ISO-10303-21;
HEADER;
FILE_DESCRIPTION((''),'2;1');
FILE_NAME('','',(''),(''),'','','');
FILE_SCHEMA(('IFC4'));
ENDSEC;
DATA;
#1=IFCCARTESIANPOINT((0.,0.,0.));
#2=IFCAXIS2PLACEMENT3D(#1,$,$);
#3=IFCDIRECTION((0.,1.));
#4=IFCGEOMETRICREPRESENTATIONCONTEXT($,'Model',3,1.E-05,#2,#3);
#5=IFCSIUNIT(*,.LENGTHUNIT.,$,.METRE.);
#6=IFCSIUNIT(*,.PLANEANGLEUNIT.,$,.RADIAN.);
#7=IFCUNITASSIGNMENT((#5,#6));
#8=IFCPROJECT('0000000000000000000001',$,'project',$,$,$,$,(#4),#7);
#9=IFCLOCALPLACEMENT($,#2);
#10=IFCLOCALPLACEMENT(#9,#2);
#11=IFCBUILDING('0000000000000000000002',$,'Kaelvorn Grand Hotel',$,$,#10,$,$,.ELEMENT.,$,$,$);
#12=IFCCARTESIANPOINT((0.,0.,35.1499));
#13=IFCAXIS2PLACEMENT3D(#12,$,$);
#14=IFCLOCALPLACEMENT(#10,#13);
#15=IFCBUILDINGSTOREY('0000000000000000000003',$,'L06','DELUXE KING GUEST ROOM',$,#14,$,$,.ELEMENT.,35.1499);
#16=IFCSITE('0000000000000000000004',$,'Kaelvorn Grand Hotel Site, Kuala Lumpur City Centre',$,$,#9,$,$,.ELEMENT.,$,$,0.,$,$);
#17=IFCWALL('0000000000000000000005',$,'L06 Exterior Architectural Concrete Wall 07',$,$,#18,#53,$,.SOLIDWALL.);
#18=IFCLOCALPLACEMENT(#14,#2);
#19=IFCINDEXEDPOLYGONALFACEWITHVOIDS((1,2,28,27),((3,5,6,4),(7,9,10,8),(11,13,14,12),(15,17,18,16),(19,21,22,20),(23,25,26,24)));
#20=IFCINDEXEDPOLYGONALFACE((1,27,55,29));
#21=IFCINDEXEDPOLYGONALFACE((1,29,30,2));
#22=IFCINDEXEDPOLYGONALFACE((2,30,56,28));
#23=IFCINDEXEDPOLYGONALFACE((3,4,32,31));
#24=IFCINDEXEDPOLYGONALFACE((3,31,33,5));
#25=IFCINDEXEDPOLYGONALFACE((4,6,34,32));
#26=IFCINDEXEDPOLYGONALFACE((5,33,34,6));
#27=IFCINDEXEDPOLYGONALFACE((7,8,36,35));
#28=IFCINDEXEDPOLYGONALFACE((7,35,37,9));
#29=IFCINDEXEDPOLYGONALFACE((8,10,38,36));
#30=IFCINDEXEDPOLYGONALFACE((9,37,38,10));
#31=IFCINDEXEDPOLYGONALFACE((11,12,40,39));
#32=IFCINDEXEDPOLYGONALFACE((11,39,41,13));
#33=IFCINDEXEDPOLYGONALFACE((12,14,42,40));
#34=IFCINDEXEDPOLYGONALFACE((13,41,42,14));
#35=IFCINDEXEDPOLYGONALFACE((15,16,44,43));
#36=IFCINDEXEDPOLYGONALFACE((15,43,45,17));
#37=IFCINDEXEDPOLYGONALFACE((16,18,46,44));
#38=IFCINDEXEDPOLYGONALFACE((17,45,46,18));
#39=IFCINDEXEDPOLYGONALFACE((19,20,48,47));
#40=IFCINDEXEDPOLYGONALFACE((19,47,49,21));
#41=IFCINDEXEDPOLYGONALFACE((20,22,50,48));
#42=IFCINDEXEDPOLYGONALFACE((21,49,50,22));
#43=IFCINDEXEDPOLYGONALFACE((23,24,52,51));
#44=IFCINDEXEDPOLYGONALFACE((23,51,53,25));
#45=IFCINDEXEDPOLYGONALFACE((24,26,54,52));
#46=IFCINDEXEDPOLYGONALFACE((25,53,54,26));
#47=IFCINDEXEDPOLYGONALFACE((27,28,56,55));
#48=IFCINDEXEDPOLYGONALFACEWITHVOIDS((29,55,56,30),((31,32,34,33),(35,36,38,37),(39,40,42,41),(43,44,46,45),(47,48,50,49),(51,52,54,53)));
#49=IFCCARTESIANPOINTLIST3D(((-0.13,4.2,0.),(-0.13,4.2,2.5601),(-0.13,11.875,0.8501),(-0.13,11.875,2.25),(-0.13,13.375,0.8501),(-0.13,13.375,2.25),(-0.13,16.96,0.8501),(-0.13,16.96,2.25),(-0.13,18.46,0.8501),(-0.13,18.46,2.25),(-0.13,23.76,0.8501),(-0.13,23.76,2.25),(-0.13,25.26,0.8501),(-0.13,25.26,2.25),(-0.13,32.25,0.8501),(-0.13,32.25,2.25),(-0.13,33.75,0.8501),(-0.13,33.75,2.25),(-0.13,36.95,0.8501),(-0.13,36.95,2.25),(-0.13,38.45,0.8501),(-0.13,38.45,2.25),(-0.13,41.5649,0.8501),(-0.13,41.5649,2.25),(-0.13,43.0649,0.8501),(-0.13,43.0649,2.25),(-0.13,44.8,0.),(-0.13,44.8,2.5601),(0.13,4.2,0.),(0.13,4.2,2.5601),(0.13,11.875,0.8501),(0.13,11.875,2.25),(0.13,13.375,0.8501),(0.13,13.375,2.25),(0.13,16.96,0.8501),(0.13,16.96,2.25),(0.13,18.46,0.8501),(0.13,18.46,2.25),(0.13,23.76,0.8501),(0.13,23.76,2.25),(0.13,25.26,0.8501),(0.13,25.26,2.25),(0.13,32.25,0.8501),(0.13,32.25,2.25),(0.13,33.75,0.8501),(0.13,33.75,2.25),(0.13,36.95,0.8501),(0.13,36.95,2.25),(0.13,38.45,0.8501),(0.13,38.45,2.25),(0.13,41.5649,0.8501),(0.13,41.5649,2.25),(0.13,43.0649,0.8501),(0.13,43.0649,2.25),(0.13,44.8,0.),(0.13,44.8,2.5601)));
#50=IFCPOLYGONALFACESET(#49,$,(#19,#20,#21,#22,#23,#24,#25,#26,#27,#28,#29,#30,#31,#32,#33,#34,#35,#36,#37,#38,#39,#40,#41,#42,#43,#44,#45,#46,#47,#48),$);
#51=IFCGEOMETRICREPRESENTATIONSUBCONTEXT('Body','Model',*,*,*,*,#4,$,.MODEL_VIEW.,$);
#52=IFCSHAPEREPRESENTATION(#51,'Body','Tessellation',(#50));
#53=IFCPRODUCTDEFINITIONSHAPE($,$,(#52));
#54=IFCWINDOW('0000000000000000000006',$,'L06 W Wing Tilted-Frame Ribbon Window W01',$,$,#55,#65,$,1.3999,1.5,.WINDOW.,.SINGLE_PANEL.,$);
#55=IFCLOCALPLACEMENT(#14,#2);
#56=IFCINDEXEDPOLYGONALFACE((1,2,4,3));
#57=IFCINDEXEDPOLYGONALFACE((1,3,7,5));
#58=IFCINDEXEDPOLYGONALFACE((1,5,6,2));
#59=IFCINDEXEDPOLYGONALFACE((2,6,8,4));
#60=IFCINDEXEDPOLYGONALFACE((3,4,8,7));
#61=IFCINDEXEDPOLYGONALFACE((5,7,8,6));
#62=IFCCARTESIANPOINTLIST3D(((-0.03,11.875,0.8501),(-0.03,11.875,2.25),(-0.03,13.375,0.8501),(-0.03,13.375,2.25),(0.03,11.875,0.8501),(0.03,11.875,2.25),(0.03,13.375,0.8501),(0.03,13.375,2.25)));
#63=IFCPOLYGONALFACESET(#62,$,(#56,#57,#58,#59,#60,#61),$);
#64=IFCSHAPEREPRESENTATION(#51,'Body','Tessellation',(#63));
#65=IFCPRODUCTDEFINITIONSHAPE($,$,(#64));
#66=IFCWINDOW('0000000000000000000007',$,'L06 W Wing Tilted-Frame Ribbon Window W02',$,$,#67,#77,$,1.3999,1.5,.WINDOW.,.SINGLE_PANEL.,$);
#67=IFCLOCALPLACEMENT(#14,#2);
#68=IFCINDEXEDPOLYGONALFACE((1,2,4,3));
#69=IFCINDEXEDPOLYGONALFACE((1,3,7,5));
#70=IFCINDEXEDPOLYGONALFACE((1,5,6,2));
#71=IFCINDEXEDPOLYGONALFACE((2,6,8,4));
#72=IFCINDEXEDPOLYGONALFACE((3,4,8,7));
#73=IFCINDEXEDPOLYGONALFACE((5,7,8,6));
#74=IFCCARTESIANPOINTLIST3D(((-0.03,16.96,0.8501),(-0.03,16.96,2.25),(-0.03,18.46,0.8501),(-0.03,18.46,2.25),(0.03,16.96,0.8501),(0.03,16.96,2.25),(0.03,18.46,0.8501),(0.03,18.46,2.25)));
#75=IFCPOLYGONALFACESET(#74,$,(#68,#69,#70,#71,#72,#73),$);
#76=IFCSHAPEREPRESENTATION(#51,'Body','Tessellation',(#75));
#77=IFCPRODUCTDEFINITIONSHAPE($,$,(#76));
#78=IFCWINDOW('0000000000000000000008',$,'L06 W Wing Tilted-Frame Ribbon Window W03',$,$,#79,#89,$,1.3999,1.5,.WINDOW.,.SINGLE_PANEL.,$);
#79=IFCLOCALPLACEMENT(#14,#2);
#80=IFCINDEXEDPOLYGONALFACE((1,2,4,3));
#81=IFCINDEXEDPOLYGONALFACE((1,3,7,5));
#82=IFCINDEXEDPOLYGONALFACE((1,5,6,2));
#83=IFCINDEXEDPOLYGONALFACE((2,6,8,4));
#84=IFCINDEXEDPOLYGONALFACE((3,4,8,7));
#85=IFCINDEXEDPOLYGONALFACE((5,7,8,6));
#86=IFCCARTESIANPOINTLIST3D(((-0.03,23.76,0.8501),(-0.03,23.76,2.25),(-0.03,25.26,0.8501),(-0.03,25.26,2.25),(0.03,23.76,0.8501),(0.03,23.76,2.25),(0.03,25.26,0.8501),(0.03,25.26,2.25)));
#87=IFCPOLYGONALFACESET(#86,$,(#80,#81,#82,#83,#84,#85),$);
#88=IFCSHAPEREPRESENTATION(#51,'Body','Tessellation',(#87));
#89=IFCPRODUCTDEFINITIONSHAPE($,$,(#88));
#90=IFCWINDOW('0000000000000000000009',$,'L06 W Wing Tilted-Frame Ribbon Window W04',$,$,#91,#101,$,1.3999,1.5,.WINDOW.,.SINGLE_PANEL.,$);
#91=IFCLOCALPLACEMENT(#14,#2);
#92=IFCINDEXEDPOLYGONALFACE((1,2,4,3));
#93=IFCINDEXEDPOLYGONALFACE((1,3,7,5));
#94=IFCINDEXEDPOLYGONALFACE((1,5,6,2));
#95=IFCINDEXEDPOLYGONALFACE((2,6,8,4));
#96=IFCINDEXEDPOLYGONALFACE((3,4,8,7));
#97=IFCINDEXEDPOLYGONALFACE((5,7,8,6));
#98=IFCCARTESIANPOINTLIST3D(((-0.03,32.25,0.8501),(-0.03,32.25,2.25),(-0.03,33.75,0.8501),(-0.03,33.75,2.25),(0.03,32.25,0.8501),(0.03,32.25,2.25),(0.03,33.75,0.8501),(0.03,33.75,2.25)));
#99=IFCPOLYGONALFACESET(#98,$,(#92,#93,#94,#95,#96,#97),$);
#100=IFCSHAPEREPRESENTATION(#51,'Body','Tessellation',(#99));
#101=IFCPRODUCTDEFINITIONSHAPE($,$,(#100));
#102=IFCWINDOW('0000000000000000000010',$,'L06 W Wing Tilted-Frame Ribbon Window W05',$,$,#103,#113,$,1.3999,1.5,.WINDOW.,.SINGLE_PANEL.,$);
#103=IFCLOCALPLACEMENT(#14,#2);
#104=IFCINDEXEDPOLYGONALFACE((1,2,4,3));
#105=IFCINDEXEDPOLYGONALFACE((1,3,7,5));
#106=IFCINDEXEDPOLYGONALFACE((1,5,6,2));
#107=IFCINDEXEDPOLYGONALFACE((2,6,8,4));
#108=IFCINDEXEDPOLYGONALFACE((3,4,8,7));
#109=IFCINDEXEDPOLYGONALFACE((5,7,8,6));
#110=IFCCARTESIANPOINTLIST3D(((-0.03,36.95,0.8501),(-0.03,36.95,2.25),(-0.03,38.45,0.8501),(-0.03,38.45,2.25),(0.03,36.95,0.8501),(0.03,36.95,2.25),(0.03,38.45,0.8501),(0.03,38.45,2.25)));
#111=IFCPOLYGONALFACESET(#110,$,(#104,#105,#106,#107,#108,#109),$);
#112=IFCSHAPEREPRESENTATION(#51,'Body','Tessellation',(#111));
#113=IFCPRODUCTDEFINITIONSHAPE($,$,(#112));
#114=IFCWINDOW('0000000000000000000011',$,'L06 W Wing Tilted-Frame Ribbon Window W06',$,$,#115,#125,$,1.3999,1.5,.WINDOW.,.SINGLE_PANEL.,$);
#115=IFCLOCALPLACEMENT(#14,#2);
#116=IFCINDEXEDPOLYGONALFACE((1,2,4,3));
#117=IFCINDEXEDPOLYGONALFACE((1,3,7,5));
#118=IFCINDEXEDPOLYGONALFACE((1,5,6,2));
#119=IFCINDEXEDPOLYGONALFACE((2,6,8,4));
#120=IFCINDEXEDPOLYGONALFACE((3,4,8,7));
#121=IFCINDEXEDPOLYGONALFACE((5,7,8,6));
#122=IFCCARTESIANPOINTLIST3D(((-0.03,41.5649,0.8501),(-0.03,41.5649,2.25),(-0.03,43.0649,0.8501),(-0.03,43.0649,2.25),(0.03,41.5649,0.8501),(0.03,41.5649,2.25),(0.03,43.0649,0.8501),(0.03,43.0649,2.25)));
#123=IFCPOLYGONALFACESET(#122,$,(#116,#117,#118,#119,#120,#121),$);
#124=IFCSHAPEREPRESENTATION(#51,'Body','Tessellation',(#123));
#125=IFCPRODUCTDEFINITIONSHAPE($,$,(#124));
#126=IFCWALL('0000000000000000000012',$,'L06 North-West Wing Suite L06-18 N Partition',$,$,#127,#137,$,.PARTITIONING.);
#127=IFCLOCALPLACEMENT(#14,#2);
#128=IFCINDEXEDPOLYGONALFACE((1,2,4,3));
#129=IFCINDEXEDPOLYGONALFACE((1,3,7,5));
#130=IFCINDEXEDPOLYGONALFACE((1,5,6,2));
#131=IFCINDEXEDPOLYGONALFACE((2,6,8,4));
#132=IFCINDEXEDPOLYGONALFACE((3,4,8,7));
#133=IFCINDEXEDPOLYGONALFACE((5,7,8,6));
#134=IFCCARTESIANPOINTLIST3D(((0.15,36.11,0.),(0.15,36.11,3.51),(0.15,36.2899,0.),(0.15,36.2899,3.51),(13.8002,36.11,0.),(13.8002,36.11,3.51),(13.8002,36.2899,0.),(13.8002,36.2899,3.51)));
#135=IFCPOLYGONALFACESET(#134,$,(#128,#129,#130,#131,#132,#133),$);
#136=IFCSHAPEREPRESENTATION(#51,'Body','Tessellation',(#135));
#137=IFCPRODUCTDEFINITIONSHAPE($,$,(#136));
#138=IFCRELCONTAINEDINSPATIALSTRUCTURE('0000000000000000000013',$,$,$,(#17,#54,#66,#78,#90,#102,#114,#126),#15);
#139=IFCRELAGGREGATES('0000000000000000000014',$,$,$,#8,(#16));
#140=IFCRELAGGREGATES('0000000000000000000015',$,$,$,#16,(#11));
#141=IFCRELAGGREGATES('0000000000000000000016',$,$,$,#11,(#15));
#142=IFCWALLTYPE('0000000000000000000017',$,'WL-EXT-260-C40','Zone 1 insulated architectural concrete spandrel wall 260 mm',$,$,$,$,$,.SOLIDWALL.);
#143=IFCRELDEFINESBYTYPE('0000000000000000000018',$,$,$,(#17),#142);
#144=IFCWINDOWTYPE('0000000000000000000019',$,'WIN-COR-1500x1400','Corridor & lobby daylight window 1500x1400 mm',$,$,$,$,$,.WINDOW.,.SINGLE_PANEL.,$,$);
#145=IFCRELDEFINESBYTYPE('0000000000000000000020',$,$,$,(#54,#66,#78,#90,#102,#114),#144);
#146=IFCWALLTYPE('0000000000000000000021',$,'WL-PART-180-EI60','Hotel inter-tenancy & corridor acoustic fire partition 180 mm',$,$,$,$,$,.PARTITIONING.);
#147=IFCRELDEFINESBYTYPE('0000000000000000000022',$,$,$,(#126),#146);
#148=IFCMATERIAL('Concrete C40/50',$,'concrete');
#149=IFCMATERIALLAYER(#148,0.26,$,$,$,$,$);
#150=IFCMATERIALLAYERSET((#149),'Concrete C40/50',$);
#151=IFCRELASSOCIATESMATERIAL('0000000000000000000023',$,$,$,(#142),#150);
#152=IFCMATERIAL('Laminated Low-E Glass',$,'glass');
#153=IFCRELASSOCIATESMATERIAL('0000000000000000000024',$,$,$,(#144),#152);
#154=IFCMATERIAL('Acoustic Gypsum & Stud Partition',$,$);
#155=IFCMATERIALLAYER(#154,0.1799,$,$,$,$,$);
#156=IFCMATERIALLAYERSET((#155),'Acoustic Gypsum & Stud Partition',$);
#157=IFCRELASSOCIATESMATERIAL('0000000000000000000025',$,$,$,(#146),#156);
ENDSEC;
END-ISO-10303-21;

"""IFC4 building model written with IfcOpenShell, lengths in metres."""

from ifc_helpers import new_model, si_unit, direction, frame, frame_2d, origin, place, context, subcontext, project, spatial, rectangle, extrude, material, layer, layer_set, type_object, element, fill, save


model = new_model("IFC4")

# Units and contexts
model_context = context("Model", 3, precision=1e-05, world=origin(), true_north=direction((0.0, 1.0)))
body_context = subcontext(model_context, "Body", "Model", "MODEL_VIEW")
ifc_project = project(units=[si_unit("LENGTHUNIT", "METRE"), si_unit("PLANEANGLEUNIT", "RADIAN")], contexts=[model_context])

# Site, building, storey
site_placement = place(None, origin())
site = spatial("IfcSite", under=ifc_project, at=site_placement, Name="Kaelvorn Grand Hotel Site, Kuala Lumpur City Centre", CompositionType="ELEMENT", RefElevation=0.0)
building_placement = place(site_placement, origin())
building = spatial("IfcBuilding", under=site, at=building_placement, Name="Kaelvorn Grand Hotel", CompositionType="ELEMENT")
storey_placement = place(building_placement, frame((0.0, 0.0, 35.1499)))
storey = spatial("IfcBuildingStorey", under=building, at=storey_placement, Name="L06", Description="DELUXE KING GUEST ROOM", CompositionType="ELEMENT", Elevation=35.1499)

# Wall, openings, windows
ifc_material_1 = material(Name="Concrete C40/50", Category="concrete")
ifc_layer_1 = layer(ifc_material_1, 0.26)
ifc_layer_set_1 = layer_set([ifc_layer_1], Name="Concrete C40/50")
wall_type_1 = type_object("IfcWallType", Name="WL-EXT-260-C40", Description="Zone 1 insulated architectural concrete spandrel wall 260 mm", PredefinedType="SOLIDWALL", material=ifc_layer_set_1)
wall_1_placement = place(storey_placement, frame((0.0, 44.8, 0.0), z_axis=(0.0, 0.0, 1.0), x_axis=(0.0, -1.0, 0.0)))
wall_1 = element("IfcWall", 1, at=wall_1_placement, inside=storey, type_object=wall_type_1, Name="L06 Exterior Architectural Concrete Wall 07", PredefinedType="SOLIDWALL", context=body_context, shape_type="SweptSolid", body=[
    extrude(rectangle(XDim=40.6001, YDim=0.26, at=frame_2d((20.3, 0.0))), origin(), (0.0, 0.0, 1.0), 2.5601),
])
opening_1_placement = place(wall_1_placement, frame((31.425, 0.0, 0.8501)))
opening_1 = element("IfcOpeningElement", 2, at=opening_1_placement, cuts=wall_1, PredefinedType="OPENING", context=body_context, shape_type="SweptSolid", body=[
    extrude(rectangle(XDim=1.5, YDim=1.3999, at=frame_2d((0.75, 0.7))), frame((0.0, 0.1401, 0.0), z_axis=(0.0, -1.0, 0.0), x_axis=(1.0, 0.0, 0.0)), (0.0, 0.0, 1.0), 0.28),
])
opening_2_placement = place(wall_1_placement, frame((26.3401, 0.0, 0.8501)))
opening_2 = element("IfcOpeningElement", 3, at=opening_2_placement, cuts=wall_1, PredefinedType="OPENING", context=body_context, shape_type="SweptSolid", body=[
    extrude(rectangle(XDim=1.5, YDim=1.3999, at=frame_2d((0.75, 0.7))), frame((0.0, 0.1401, 0.0), z_axis=(0.0, -1.0, 0.0), x_axis=(1.0, 0.0, 0.0)), (0.0, 0.0, 1.0), 0.28),
])
opening_3_placement = place(wall_1_placement, frame((19.54, 0.0, 0.8501)))
opening_3 = element("IfcOpeningElement", 4, at=opening_3_placement, cuts=wall_1, PredefinedType="OPENING", context=body_context, shape_type="SweptSolid", body=[
    extrude(rectangle(XDim=1.5, YDim=1.3999, at=frame_2d((0.75, 0.7))), frame((0.0, 0.1401, 0.0), z_axis=(0.0, -1.0, 0.0), x_axis=(1.0, 0.0, 0.0)), (0.0, 0.0, 1.0), 0.28),
])
opening_4_placement = place(wall_1_placement, frame((11.05, 0.0, 0.8501)))
opening_4 = element("IfcOpeningElement", 5, at=opening_4_placement, cuts=wall_1, PredefinedType="OPENING", context=body_context, shape_type="SweptSolid", body=[
    extrude(rectangle(XDim=1.5, YDim=1.3999, at=frame_2d((0.75, 0.7))), frame((0.0, 0.1401, 0.0), z_axis=(0.0, -1.0, 0.0), x_axis=(1.0, 0.0, 0.0)), (0.0, 0.0, 1.0), 0.28),
])
opening_5_placement = place(wall_1_placement, frame((6.3501, 0.0, 0.8501)))
opening_5 = element("IfcOpeningElement", 6, at=opening_5_placement, cuts=wall_1, PredefinedType="OPENING", context=body_context, shape_type="SweptSolid", body=[
    extrude(rectangle(XDim=1.5, YDim=1.3999, at=frame_2d((0.75, 0.7))), frame((0.0, 0.1401, 0.0), z_axis=(0.0, -1.0, 0.0), x_axis=(1.0, 0.0, 0.0)), (0.0, 0.0, 1.0), 0.28),
])
opening_6_placement = place(wall_1_placement, frame((1.7351, 0.0, 0.8501)))
opening_6 = element("IfcOpeningElement", 7, at=opening_6_placement, cuts=wall_1, PredefinedType="OPENING", context=body_context, shape_type="SweptSolid", body=[
    extrude(rectangle(XDim=1.5, YDim=1.3999, at=frame_2d((0.75, 0.7))), frame((0.0, 0.1401, 0.0), z_axis=(0.0, -1.0, 0.0), x_axis=(1.0, 0.0, 0.0)), (0.0, 0.0, 1.0), 0.28),
])
ifc_material_2 = material(Name="Laminated Low-E Glass", Category="glass")
window_type = type_object("IfcWindowType", Name="WIN-COR-1500x1400", Description="Corridor & lobby daylight window 1500x1400 mm", PartitioningType="SINGLE_PANEL", PredefinedType="WINDOW", material=ifc_material_2)
window_1_placement = place(opening_1_placement, origin())
window_1 = element("IfcWindow", 8, at=window_1_placement, inside=storey, type_object=window_type, Name="L06 W Wing Tilted-Frame Ribbon Window W01", OverallHeight=1.3999, OverallWidth=1.5, PartitioningType="SINGLE_PANEL", PredefinedType="WINDOW", context=body_context, shape_type="SweptSolid", body=[
    extrude(rectangle(XDim=1.5, YDim=1.3999, at=frame_2d((0.75, 0.7))), frame((0.0, 0.03, 0.0), z_axis=(0.0, -1.0, 0.0), x_axis=(1.0, 0.0, 0.0)), (0.0, 0.0, 1.0), 0.0601),
])
fill(opening_1, window_1)
window_2_placement = place(opening_2_placement, origin())
window_2 = element("IfcWindow", 9, at=window_2_placement, inside=storey, type_object=window_type, Name="L06 W Wing Tilted-Frame Ribbon Window W02", OverallHeight=1.3999, OverallWidth=1.5, PartitioningType="SINGLE_PANEL", PredefinedType="WINDOW", context=body_context, shape_type="SweptSolid", body=[
    extrude(rectangle(XDim=1.5, YDim=1.3999, at=frame_2d((0.75, 0.7))), frame((0.0, 0.03, 0.0), z_axis=(0.0, -1.0, 0.0), x_axis=(1.0, 0.0, 0.0)), (0.0, 0.0, 1.0), 0.0601),
])
fill(opening_2, window_2)
window_3_placement = place(opening_3_placement, origin())
window_3 = element("IfcWindow", 10, at=window_3_placement, inside=storey, type_object=window_type, Name="L06 W Wing Tilted-Frame Ribbon Window W03", OverallHeight=1.3999, OverallWidth=1.5, PartitioningType="SINGLE_PANEL", PredefinedType="WINDOW", context=body_context, shape_type="SweptSolid", body=[
    extrude(rectangle(XDim=1.5, YDim=1.3999, at=frame_2d((0.75, 0.7))), frame((0.0, 0.03, 0.0), z_axis=(0.0, -1.0, 0.0), x_axis=(1.0, 0.0, 0.0)), (0.0, 0.0, 1.0), 0.0601),
])
fill(opening_3, window_3)
window_4_placement = place(opening_4_placement, origin())
window_4 = element("IfcWindow", 11, at=window_4_placement, inside=storey, type_object=window_type, Name="L06 W Wing Tilted-Frame Ribbon Window W04", OverallHeight=1.3999, OverallWidth=1.5, PartitioningType="SINGLE_PANEL", PredefinedType="WINDOW", context=body_context, shape_type="SweptSolid", body=[
    extrude(rectangle(XDim=1.5, YDim=1.3999, at=frame_2d((0.75, 0.7))), frame((0.0, 0.03, 0.0), z_axis=(0.0, -1.0, 0.0), x_axis=(1.0, 0.0, 0.0)), (0.0, 0.0, 1.0), 0.0601),
])
fill(opening_4, window_4)
window_5_placement = place(opening_5_placement, origin())
window_5 = element("IfcWindow", 12, at=window_5_placement, inside=storey, type_object=window_type, Name="L06 W Wing Tilted-Frame Ribbon Window W05", OverallHeight=1.3999, OverallWidth=1.5, PartitioningType="SINGLE_PANEL", PredefinedType="WINDOW", context=body_context, shape_type="SweptSolid", body=[
    extrude(rectangle(XDim=1.5, YDim=1.3999, at=frame_2d((0.75, 0.7))), frame((0.0, 0.03, 0.0), z_axis=(0.0, -1.0, 0.0), x_axis=(1.0, 0.0, 0.0)), (0.0, 0.0, 1.0), 0.0601),
])
fill(opening_5, window_5)
window_6_placement = place(opening_6_placement, origin())
window_6 = element("IfcWindow", 13, at=window_6_placement, inside=storey, type_object=window_type, Name="L06 W Wing Tilted-Frame Ribbon Window W06", OverallHeight=1.3999, OverallWidth=1.5, PartitioningType="SINGLE_PANEL", PredefinedType="WINDOW", context=body_context, shape_type="SweptSolid", body=[
    extrude(rectangle(XDim=1.5, YDim=1.3999, at=frame_2d((0.75, 0.7))), frame((0.0, 0.03, 0.0), z_axis=(0.0, -1.0, 0.0), x_axis=(1.0, 0.0, 0.0)), (0.0, 0.0, 1.0), 0.0601),
])
fill(opening_6, window_6)

# Wall
ifc_material_3 = material(Name="Acoustic Gypsum & Stud Partition")
ifc_layer_2 = layer(ifc_material_3, 0.1799)
ifc_layer_set_2 = layer_set([ifc_layer_2], Name="Acoustic Gypsum & Stud Partition")
wall_type_2 = type_object("IfcWallType", Name="WL-PART-180-EI60", Description="Hotel inter-tenancy & corridor acoustic fire partition 180 mm", PredefinedType="PARTITIONING", material=ifc_layer_set_2)
wall_2_placement = place(storey_placement, frame((0.1499, 36.2, 0.0), z_axis=(0.0, 0.0, 1.0), x_axis=(1.0, 0.0, 0.0)))
element("IfcWall", 14, at=wall_2_placement, inside=storey, type_object=wall_type_2, Name="L06 North-West Wing Suite L06-18 N Partition", PredefinedType="PARTITIONING", context=body_context, shape_type="SweptSolid", body=[
    extrude(rectangle(XDim=13.6501, YDim=0.1799, at=frame_2d((6.8252, 0.0))), origin(), (0.0, 0.0, 1.0), 3.51),
])

save(model, "model.ifc")
